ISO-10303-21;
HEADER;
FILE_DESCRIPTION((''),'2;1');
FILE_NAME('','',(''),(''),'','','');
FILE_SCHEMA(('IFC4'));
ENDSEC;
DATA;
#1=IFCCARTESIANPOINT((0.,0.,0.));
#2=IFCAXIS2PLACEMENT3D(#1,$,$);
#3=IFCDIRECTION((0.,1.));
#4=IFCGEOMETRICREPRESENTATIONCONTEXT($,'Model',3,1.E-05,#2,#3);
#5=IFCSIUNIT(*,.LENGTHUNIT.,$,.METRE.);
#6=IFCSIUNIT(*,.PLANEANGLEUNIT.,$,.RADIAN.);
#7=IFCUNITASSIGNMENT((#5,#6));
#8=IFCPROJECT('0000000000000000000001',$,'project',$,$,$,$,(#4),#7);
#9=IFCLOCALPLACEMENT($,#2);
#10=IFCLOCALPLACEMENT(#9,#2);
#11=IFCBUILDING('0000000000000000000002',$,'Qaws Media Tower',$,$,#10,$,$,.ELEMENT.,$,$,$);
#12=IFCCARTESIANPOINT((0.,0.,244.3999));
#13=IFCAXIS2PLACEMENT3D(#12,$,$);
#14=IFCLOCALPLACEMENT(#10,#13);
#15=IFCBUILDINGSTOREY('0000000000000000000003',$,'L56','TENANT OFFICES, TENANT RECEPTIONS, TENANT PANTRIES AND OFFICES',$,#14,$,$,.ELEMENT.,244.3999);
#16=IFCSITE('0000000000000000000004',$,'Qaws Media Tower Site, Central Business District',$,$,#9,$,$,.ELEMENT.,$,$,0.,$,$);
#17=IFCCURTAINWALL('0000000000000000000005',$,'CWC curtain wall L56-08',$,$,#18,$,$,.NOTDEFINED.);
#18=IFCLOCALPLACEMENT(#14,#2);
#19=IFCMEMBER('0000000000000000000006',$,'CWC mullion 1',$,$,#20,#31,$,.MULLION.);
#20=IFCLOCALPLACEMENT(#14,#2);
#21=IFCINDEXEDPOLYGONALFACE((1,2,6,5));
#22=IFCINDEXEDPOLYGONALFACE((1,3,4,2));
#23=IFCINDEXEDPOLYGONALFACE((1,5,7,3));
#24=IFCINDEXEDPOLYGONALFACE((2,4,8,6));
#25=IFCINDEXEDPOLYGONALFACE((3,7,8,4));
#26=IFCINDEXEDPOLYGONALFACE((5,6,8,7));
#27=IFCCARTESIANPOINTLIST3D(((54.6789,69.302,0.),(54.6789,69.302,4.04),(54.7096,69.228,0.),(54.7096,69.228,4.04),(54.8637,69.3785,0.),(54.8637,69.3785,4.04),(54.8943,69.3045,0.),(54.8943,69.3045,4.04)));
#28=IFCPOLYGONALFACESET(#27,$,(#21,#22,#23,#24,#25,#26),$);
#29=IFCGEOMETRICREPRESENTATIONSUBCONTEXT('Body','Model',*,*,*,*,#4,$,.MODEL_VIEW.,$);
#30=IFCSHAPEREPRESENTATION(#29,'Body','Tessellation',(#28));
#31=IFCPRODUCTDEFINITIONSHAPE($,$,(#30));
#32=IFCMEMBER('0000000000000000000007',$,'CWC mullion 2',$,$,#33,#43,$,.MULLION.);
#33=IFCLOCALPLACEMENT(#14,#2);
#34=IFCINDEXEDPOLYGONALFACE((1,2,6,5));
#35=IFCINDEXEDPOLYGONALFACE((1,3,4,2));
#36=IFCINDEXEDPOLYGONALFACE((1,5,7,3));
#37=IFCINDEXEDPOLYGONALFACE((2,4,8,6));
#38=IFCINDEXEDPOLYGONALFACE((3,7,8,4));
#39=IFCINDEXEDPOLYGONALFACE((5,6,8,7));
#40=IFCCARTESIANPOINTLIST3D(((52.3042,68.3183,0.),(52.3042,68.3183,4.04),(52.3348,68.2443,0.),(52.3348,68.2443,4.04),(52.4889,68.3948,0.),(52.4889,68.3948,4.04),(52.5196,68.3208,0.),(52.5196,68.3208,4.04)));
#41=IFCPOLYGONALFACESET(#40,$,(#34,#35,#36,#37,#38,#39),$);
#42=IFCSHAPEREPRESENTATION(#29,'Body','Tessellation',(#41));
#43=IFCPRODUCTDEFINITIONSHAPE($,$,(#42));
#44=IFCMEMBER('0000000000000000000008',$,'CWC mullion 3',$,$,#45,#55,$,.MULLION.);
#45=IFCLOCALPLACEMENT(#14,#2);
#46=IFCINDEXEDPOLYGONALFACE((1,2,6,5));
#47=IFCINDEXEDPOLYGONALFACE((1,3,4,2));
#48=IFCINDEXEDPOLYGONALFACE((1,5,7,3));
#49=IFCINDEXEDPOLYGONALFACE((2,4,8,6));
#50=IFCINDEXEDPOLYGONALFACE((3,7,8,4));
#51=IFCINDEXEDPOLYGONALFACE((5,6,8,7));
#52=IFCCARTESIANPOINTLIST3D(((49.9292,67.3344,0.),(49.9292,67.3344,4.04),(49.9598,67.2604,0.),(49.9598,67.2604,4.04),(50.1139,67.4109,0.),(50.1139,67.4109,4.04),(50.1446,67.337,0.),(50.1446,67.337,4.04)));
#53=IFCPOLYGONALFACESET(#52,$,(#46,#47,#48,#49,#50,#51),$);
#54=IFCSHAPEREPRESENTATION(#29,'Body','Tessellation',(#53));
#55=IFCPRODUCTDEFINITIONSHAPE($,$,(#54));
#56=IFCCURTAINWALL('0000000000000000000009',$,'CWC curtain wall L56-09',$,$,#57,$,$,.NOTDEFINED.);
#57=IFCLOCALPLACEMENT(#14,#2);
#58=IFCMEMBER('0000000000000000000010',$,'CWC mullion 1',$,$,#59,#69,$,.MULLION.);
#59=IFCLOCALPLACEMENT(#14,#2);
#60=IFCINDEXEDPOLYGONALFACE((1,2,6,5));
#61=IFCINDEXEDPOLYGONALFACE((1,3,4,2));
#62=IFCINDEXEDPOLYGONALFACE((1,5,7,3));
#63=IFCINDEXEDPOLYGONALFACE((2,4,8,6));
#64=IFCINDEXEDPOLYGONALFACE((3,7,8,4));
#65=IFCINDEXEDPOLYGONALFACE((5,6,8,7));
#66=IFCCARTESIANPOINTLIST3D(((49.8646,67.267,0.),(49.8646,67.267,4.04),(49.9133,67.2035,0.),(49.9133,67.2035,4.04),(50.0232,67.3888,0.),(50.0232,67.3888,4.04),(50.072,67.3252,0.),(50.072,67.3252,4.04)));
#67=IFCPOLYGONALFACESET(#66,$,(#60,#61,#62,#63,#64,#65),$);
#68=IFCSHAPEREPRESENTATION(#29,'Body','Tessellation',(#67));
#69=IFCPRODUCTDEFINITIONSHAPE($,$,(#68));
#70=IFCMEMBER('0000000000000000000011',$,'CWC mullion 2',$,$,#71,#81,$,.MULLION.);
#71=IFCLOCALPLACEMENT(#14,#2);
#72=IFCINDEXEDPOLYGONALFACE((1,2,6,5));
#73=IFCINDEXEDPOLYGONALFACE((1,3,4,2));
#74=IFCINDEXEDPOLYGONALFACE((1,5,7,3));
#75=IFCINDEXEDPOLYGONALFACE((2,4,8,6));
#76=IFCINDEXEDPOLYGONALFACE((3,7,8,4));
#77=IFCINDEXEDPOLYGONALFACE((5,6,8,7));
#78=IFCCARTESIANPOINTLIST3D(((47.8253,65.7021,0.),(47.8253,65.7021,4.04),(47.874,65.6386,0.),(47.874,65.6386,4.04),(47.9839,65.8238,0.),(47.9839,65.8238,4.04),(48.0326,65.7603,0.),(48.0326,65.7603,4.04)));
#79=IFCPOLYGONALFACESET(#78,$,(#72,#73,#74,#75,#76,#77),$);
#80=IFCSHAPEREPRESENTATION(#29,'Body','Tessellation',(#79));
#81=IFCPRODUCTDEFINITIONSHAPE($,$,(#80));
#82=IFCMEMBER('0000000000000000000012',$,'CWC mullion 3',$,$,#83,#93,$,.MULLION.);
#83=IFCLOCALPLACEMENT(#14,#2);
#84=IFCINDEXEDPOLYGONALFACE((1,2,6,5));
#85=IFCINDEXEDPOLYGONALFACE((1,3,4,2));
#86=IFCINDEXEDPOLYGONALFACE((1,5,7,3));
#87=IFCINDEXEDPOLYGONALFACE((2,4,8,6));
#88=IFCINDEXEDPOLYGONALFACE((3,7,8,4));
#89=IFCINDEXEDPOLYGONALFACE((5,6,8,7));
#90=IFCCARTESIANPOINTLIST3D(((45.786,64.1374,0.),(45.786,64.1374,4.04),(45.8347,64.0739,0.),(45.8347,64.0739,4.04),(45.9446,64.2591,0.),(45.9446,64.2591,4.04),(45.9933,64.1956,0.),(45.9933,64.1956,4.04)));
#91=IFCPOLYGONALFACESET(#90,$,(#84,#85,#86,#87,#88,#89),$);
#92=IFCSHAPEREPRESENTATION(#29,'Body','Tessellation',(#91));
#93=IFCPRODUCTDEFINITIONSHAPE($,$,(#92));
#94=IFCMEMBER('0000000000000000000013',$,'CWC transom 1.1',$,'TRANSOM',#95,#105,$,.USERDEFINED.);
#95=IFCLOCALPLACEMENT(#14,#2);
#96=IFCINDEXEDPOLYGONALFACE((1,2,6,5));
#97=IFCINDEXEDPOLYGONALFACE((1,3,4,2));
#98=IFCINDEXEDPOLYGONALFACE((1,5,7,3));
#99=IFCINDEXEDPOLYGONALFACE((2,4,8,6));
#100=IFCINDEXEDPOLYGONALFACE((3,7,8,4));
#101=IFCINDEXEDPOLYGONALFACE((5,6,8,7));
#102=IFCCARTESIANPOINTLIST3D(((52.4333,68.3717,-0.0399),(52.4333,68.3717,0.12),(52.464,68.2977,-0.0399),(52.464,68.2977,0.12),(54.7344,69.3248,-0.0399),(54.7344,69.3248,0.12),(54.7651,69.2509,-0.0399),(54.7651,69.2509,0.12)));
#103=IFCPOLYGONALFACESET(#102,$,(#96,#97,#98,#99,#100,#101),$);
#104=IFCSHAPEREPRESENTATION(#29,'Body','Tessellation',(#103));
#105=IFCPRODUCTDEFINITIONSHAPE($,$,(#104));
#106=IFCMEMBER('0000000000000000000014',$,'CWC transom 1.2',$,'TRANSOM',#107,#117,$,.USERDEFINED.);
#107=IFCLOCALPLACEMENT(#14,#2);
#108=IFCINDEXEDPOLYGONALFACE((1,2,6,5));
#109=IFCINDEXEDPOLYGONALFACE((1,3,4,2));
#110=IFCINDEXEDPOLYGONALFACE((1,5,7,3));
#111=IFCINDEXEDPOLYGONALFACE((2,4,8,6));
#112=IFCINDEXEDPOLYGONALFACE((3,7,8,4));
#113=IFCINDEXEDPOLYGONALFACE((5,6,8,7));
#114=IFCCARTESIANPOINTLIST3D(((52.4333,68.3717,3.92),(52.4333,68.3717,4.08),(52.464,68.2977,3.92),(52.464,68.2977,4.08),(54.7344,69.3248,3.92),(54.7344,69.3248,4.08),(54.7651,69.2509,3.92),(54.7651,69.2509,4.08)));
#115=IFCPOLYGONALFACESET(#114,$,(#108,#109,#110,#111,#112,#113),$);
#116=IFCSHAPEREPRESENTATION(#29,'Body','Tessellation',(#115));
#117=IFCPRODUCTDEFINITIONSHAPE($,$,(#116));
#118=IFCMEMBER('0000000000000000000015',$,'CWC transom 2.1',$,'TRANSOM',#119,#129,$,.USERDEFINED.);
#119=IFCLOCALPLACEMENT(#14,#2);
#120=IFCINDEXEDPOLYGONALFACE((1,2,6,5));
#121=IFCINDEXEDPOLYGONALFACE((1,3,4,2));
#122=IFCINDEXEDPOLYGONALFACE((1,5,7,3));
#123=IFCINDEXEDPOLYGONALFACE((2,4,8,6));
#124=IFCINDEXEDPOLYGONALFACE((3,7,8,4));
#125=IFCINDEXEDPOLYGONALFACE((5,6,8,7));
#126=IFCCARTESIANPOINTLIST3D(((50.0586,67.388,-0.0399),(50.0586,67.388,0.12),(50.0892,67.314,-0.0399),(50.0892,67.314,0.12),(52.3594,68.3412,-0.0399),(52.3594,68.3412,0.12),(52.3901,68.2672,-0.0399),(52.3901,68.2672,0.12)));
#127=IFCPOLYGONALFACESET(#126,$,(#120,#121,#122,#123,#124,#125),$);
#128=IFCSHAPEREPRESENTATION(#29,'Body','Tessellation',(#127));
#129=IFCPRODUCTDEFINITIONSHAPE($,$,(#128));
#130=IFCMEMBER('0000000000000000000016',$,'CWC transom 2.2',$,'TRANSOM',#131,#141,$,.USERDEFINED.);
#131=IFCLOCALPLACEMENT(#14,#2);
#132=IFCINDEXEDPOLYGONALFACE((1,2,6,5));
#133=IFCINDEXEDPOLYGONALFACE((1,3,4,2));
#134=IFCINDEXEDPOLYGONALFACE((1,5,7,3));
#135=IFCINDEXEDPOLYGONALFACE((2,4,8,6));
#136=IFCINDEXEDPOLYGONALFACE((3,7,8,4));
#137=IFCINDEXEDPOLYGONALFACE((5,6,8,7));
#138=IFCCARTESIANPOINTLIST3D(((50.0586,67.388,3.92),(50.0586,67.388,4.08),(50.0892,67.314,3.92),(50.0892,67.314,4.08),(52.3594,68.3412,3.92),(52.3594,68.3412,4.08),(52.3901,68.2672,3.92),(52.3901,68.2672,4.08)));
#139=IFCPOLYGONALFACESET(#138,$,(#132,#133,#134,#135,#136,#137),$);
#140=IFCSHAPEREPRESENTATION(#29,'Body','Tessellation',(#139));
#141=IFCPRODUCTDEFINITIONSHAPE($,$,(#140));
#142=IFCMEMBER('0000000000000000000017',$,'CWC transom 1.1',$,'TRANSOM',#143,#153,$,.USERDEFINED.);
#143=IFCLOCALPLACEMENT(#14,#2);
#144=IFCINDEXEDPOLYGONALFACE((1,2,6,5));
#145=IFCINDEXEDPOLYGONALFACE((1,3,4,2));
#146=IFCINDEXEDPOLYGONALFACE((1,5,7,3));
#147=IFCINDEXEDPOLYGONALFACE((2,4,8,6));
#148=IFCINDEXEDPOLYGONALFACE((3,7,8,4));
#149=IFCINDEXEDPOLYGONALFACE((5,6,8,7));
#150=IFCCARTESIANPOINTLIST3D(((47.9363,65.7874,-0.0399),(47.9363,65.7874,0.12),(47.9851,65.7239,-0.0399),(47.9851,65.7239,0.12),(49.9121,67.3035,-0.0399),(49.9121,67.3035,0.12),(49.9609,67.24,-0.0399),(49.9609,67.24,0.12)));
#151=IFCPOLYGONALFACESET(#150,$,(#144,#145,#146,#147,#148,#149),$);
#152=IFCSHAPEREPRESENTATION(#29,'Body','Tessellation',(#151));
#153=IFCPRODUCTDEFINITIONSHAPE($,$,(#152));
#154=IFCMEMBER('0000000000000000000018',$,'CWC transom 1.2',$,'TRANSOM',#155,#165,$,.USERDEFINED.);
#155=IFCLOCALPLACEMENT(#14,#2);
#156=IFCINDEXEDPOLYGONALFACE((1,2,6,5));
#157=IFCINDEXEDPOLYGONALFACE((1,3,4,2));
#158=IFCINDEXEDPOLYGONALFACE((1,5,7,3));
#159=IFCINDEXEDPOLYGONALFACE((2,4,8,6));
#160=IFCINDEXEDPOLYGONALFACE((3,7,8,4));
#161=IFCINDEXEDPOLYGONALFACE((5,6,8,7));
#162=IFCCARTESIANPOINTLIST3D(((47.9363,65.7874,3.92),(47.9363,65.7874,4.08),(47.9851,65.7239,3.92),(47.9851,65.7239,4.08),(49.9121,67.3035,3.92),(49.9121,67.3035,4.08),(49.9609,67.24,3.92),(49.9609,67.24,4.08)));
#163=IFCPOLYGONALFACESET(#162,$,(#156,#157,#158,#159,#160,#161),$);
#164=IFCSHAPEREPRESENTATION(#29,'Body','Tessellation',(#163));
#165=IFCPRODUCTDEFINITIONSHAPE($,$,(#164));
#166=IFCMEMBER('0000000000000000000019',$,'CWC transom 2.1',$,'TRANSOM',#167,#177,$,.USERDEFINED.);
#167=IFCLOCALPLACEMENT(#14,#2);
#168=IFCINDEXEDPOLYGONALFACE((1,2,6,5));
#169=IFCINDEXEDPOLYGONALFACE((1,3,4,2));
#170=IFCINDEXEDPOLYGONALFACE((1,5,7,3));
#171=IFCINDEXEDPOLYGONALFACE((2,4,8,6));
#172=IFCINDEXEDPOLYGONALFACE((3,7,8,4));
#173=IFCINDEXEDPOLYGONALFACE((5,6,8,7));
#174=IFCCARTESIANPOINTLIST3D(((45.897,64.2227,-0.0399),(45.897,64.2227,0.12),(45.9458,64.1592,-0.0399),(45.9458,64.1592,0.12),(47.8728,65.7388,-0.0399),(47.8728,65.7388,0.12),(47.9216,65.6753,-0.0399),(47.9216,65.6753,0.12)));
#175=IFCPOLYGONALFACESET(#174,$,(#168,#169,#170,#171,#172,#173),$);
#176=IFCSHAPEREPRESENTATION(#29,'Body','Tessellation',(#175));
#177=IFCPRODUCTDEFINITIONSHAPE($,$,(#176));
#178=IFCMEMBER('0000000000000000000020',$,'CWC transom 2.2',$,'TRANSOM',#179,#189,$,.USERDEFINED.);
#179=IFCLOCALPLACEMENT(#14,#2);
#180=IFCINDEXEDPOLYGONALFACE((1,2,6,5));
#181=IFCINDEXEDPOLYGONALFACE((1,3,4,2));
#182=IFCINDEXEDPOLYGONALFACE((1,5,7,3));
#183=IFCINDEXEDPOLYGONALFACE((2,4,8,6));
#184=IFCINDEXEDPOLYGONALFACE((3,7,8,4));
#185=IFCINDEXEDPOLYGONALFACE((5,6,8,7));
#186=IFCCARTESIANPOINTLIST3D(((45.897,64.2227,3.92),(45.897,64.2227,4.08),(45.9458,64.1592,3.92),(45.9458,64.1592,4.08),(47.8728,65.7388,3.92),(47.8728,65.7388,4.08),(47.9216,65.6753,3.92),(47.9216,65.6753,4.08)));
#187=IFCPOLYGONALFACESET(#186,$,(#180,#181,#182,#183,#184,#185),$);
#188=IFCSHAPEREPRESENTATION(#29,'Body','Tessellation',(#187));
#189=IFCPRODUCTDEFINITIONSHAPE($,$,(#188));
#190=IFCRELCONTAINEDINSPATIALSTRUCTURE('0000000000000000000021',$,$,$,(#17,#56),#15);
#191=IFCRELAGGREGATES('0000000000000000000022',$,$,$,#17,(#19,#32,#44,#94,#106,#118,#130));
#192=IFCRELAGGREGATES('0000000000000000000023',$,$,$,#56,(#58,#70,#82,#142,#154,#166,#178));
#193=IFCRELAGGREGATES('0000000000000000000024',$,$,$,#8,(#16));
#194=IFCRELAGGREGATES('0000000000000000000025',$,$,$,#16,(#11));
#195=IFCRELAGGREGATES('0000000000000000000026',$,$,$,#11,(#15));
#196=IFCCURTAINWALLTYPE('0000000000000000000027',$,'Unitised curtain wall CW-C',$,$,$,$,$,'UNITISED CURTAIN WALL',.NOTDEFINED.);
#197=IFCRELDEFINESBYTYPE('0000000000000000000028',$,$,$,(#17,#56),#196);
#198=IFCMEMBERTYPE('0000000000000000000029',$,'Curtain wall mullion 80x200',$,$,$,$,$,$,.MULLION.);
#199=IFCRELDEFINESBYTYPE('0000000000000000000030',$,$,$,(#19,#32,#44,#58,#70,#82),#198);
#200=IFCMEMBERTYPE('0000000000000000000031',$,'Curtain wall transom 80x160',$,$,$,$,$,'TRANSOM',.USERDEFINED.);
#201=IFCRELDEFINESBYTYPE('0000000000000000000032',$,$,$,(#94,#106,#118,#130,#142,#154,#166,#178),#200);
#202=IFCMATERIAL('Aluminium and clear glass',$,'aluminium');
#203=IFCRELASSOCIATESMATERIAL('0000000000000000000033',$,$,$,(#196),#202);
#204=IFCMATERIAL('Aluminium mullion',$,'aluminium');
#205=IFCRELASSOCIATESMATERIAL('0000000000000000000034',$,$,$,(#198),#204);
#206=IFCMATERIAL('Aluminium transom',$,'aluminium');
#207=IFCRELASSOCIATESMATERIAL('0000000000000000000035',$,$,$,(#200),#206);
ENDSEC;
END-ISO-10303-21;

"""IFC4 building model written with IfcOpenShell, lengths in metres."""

from ifc_helpers import new_model, si_unit, direction, frame, origin, origin_2d, place, context, subcontext, project, spatial, rectangle, extrude, material, material_profile, profile_set, type_object, element, aggregate, save


model = new_model("IFC4")

# Units and contexts
model_context = context("Model", 3, precision=1e-05, world=origin(), true_north=direction((0.0, 1.0)))
body_context = subcontext(model_context, "Body", "Model", "MODEL_VIEW")
ifc_project = project(units=[si_unit("LENGTHUNIT", "METRE"), si_unit("PLANEANGLEUNIT", "RADIAN")], contexts=[model_context])

# Site, building, storey
site_placement = place(None, origin())
site = spatial("IfcSite", under=ifc_project, at=site_placement, Name="Qaws Media Tower Site, Central Business District", CompositionType="ELEMENT", RefElevation=0.0)
building_placement = place(site_placement, origin())
building = spatial("IfcBuilding", under=site, at=building_placement, Name="Qaws Media Tower", CompositionType="ELEMENT")
storey_placement = place(building_placement, frame((0.0, 0.0, 244.3999)))
storey = spatial("IfcBuildingStorey", under=building, at=storey_placement, Name="L56", Description="TENANT OFFICES, TENANT RECEPTIONS, TENANT PANTRIES AND OFFICES", CompositionType="ELEMENT", Elevation=244.3999)

# Curtain walls, members
ifc_material_1 = material(Name="Aluminium and clear glass", Category="aluminium")
curtain_wall_type = type_object("IfcCurtainWallType", Name="Unitised curtain wall CW-C", ElementType="UNITISED CURTAIN WALL", PredefinedType="NOTDEFINED", material=ifc_material_1)
curtain_wall_1_placement = place(storey_placement, origin())
curtain_wall_1 = element("IfcCurtainWall", 1, at=curtain_wall_1_placement, inside=storey, type_object=curtain_wall_type, Name="CWC curtain wall L56-08", PredefinedType="NOTDEFINED")
ifc_material_2 = material(Name="Aluminium mullion", Category="aluminium")
ifc_material_profile_1 = material_profile(ifc_material_2, rectangle(XDim=0.0801, YDim=0.2, at=origin_2d()), Name="80x200")
ifc_profile_set_1 = profile_set([ifc_material_profile_1], Name="Aluminium mullion")
member_type_1 = type_object("IfcMemberType", Name="Curtain wall mullion 80x200", PredefinedType="MULLION", material=ifc_profile_set_1)
member_1_placement = place(storey_placement, frame((54.7866, 69.3032, 0.0), z_axis=(0.0, 0.0, 1.0), x_axis=(0.382684, -0.923879, 0.0)))
member_1 = element("IfcMember", 2, at=member_1_placement, type_object=member_type_1, Name="CWC mullion 1", PredefinedType="MULLION", context=body_context, shape_type="SweptSolid", body=[
    extrude(rectangle(XDim=0.0801, YDim=0.2, at=origin_2d()), origin(), (0.0, 0.0, 1.0), 4.04),
])
member_2_placement = place(storey_placement, frame((52.4119, 68.3196, 0.0), z_axis=(0.0, 0.0, 1.0), x_axis=(0.382684, -0.923879, 0.0)))
member_2 = element("IfcMember", 3, at=member_2_placement, type_object=member_type_1, Name="CWC mullion 2", PredefinedType="MULLION", context=body_context, shape_type="SweptSolid", body=[
    extrude(rectangle(XDim=0.0801, YDim=0.2, at=origin_2d()), origin(), (0.0, 0.0, 1.0), 4.04),
])
member_3_placement = place(storey_placement, frame((50.0369, 67.3357, 0.0), z_axis=(0.0, 0.0, 1.0), x_axis=(0.382684, -0.923879, 0.0)))
member_3 = element("IfcMember", 4, at=member_3_placement, type_object=member_type_1, Name="CWC mullion 3", PredefinedType="MULLION", context=body_context, shape_type="SweptSolid", body=[
    extrude(rectangle(XDim=0.0801, YDim=0.2, at=origin_2d()), origin(), (0.0, 0.0, 1.0), 4.04),
])
curtain_wall_2_placement = place(storey_placement, origin())
curtain_wall_2 = element("IfcCurtainWall", 5, at=curtain_wall_2_placement, inside=storey, type_object=curtain_wall_type, Name="CWC curtain wall L56-09", PredefinedType="NOTDEFINED")
member_4_placement = place(storey_placement, frame((49.9683, 67.2961, 0.0), z_axis=(0.0, 0.0, 1.0), x_axis=(0.608761, -0.793353, 0.0)))
member_4 = element("IfcMember", 6, at=member_4_placement, type_object=member_type_1, Name="CWC mullion 1", PredefinedType="MULLION", context=body_context, shape_type="SweptSolid", body=[
    extrude(rectangle(XDim=0.0801, YDim=0.2, at=origin_2d()), origin(), (0.0, 0.0, 1.0), 4.04),
])
member_5_placement = place(storey_placement, frame((47.929, 65.7312, 0.0), z_axis=(0.0, 0.0, 1.0), x_axis=(0.608761, -0.793353, 0.0)))
member_5 = element("IfcMember", 7, at=member_5_placement, type_object=member_type_1, Name="CWC mullion 2", PredefinedType="MULLION", context=body_context, shape_type="SweptSolid", body=[
    extrude(rectangle(XDim=0.0801, YDim=0.2, at=origin_2d()), origin(), (0.0, 0.0, 1.0), 4.04),
])
member_6_placement = place(storey_placement, frame((45.8896, 64.1665, 0.0), z_axis=(0.0, 0.0, 1.0), x_axis=(0.608761, -0.793353, 0.0)))
member_6 = element("IfcMember", 8, at=member_6_placement, type_object=member_type_1, Name="CWC mullion 3", PredefinedType="MULLION", context=body_context, shape_type="SweptSolid", body=[
    extrude(rectangle(XDim=0.0801, YDim=0.2, at=origin_2d()), origin(), (0.0, 0.0, 1.0), 4.04),
])

# Members
ifc_material_3 = material(Name="Aluminium transom", Category="aluminium")
ifc_material_profile_2 = material_profile(ifc_material_3, rectangle(XDim=0.0801, YDim=0.1599, at=origin_2d()), Name="80x160")
ifc_profile_set_2 = profile_set([ifc_material_profile_2], Name="Aluminium transom")
member_type_2 = type_object("IfcMemberType", Name="Curtain wall transom 80x160", ElementType="TRANSOM", PredefinedType="USERDEFINED", material=ifc_profile_set_2)
member_7_placement = place(storey_placement, frame((54.7498, 69.2878, 0.04), z_axis=(-0.923878, -0.382687, 0.0), x_axis=(0.382687, -0.923878, 0.0)))
member_7 = element("IfcMember", 9, at=member_7_placement, type_object=member_type_2, Name="CWC transom 1.1", ObjectType="TRANSOM", PredefinedType="USERDEFINED", context=body_context, shape_type="SweptSolid", body=[
    extrude(rectangle(XDim=0.0801, YDim=0.1599, at=origin_2d()), origin(), (0.0, 0.0, 1.0), 2.4907),
])
member_8_placement = place(storey_placement, frame((54.7498, 69.2878, 4.0), z_axis=(-0.923878, -0.382687, 0.0), x_axis=(0.382687, -0.923878, 0.0)))
member_8 = element("IfcMember", 10, at=member_8_placement, type_object=member_type_2, Name="CWC transom 1.2", ObjectType="TRANSOM", PredefinedType="USERDEFINED", context=body_context, shape_type="SweptSolid", body=[
    extrude(rectangle(XDim=0.0801, YDim=0.1599, at=origin_2d()), origin(), (0.0, 0.0, 1.0), 2.4907),
])
member_9_placement = place(storey_placement, frame((52.3748, 68.3042, 0.04), z_axis=(-0.923864, -0.382721, 0.0), x_axis=(0.382721, -0.923864, 0.0)))
member_9 = element("IfcMember", 11, at=member_9_placement, type_object=member_type_2, Name="CWC transom 2.1", ObjectType="TRANSOM", PredefinedType="USERDEFINED", context=body_context, shape_type="SweptSolid", body=[
    extrude(rectangle(XDim=0.0801, YDim=0.1599, at=origin_2d()), origin(), (0.0, 0.0, 1.0), 2.4905),
])
member_10_placement = place(storey_placement, frame((52.3748, 68.3042, 4.0), z_axis=(-0.923864, -0.382721, 0.0), x_axis=(0.382721, -0.923864, 0.0)))
member_10 = element("IfcMember", 12, at=member_10_placement, type_object=member_type_2, Name="CWC transom 2.2", ObjectType="TRANSOM", PredefinedType="USERDEFINED", context=body_context, shape_type="SweptSolid", body=[
    extrude(rectangle(XDim=0.0801, YDim=0.1599, at=origin_2d()), origin(), (0.0, 0.0, 1.0), 2.4905),
])
member_11_placement = place(storey_placement, frame((49.9365, 67.2717, 0.04), z_axis=(-0.793352, -0.608763, 0.0), x_axis=(0.608763, -0.793352, 0.0)))
member_11 = element("IfcMember", 13, at=member_11_placement, type_object=member_type_2, Name="CWC transom 1.1", ObjectType="TRANSOM", PredefinedType="USERDEFINED", context=body_context, shape_type="SweptSolid", body=[
    extrude(rectangle(XDim=0.0801, YDim=0.1599, at=origin_2d()), origin(), (0.0, 0.0, 1.0), 2.4905),
])
member_12_placement = place(storey_placement, frame((49.9365, 67.2717, 4.0), z_axis=(-0.793352, -0.608763, 0.0), x_axis=(0.608763, -0.793352, 0.0)))
member_12 = element("IfcMember", 14, at=member_12_placement, type_object=member_type_2, Name="CWC transom 1.2", ObjectType="TRANSOM", PredefinedType="USERDEFINED", context=body_context, shape_type="SweptSolid", body=[
    extrude(rectangle(XDim=0.0801, YDim=0.1599, at=origin_2d()), origin(), (0.0, 0.0, 1.0), 2.4905),
])
member_13_placement = place(storey_placement, frame((47.8972, 65.707, 0.04), z_axis=(-0.793352, -0.608763, 0.0), x_axis=(0.608763, -0.793352, 0.0)))
member_13 = element("IfcMember", 15, at=member_13_placement, type_object=member_type_2, Name="CWC transom 2.1", ObjectType="TRANSOM", PredefinedType="USERDEFINED", context=body_context, shape_type="SweptSolid", body=[
    extrude(rectangle(XDim=0.0801, YDim=0.1599, at=origin_2d()), origin(), (0.0, 0.0, 1.0), 2.4905),
])
member_14_placement = place(storey_placement, frame((47.8972, 65.707, 4.0), z_axis=(-0.793352, -0.608763, 0.0), x_axis=(0.608763, -0.793352, 0.0)))
member_14 = element("IfcMember", 16, at=member_14_placement, type_object=member_type_2, Name="CWC transom 2.2", ObjectType="TRANSOM", PredefinedType="USERDEFINED", context=body_context, shape_type="SweptSolid", body=[
    extrude(rectangle(XDim=0.0801, YDim=0.1599, at=origin_2d()), origin(), (0.0, 0.0, 1.0), 2.4905),
])

aggregate(curtain_wall_1, [member_1, member_2, member_3, member_7, member_8, member_9, member_10])
aggregate(curtain_wall_2, [member_4, member_5, member_6, member_11, member_12, member_13, member_14])

save(model, "model.ifc")
